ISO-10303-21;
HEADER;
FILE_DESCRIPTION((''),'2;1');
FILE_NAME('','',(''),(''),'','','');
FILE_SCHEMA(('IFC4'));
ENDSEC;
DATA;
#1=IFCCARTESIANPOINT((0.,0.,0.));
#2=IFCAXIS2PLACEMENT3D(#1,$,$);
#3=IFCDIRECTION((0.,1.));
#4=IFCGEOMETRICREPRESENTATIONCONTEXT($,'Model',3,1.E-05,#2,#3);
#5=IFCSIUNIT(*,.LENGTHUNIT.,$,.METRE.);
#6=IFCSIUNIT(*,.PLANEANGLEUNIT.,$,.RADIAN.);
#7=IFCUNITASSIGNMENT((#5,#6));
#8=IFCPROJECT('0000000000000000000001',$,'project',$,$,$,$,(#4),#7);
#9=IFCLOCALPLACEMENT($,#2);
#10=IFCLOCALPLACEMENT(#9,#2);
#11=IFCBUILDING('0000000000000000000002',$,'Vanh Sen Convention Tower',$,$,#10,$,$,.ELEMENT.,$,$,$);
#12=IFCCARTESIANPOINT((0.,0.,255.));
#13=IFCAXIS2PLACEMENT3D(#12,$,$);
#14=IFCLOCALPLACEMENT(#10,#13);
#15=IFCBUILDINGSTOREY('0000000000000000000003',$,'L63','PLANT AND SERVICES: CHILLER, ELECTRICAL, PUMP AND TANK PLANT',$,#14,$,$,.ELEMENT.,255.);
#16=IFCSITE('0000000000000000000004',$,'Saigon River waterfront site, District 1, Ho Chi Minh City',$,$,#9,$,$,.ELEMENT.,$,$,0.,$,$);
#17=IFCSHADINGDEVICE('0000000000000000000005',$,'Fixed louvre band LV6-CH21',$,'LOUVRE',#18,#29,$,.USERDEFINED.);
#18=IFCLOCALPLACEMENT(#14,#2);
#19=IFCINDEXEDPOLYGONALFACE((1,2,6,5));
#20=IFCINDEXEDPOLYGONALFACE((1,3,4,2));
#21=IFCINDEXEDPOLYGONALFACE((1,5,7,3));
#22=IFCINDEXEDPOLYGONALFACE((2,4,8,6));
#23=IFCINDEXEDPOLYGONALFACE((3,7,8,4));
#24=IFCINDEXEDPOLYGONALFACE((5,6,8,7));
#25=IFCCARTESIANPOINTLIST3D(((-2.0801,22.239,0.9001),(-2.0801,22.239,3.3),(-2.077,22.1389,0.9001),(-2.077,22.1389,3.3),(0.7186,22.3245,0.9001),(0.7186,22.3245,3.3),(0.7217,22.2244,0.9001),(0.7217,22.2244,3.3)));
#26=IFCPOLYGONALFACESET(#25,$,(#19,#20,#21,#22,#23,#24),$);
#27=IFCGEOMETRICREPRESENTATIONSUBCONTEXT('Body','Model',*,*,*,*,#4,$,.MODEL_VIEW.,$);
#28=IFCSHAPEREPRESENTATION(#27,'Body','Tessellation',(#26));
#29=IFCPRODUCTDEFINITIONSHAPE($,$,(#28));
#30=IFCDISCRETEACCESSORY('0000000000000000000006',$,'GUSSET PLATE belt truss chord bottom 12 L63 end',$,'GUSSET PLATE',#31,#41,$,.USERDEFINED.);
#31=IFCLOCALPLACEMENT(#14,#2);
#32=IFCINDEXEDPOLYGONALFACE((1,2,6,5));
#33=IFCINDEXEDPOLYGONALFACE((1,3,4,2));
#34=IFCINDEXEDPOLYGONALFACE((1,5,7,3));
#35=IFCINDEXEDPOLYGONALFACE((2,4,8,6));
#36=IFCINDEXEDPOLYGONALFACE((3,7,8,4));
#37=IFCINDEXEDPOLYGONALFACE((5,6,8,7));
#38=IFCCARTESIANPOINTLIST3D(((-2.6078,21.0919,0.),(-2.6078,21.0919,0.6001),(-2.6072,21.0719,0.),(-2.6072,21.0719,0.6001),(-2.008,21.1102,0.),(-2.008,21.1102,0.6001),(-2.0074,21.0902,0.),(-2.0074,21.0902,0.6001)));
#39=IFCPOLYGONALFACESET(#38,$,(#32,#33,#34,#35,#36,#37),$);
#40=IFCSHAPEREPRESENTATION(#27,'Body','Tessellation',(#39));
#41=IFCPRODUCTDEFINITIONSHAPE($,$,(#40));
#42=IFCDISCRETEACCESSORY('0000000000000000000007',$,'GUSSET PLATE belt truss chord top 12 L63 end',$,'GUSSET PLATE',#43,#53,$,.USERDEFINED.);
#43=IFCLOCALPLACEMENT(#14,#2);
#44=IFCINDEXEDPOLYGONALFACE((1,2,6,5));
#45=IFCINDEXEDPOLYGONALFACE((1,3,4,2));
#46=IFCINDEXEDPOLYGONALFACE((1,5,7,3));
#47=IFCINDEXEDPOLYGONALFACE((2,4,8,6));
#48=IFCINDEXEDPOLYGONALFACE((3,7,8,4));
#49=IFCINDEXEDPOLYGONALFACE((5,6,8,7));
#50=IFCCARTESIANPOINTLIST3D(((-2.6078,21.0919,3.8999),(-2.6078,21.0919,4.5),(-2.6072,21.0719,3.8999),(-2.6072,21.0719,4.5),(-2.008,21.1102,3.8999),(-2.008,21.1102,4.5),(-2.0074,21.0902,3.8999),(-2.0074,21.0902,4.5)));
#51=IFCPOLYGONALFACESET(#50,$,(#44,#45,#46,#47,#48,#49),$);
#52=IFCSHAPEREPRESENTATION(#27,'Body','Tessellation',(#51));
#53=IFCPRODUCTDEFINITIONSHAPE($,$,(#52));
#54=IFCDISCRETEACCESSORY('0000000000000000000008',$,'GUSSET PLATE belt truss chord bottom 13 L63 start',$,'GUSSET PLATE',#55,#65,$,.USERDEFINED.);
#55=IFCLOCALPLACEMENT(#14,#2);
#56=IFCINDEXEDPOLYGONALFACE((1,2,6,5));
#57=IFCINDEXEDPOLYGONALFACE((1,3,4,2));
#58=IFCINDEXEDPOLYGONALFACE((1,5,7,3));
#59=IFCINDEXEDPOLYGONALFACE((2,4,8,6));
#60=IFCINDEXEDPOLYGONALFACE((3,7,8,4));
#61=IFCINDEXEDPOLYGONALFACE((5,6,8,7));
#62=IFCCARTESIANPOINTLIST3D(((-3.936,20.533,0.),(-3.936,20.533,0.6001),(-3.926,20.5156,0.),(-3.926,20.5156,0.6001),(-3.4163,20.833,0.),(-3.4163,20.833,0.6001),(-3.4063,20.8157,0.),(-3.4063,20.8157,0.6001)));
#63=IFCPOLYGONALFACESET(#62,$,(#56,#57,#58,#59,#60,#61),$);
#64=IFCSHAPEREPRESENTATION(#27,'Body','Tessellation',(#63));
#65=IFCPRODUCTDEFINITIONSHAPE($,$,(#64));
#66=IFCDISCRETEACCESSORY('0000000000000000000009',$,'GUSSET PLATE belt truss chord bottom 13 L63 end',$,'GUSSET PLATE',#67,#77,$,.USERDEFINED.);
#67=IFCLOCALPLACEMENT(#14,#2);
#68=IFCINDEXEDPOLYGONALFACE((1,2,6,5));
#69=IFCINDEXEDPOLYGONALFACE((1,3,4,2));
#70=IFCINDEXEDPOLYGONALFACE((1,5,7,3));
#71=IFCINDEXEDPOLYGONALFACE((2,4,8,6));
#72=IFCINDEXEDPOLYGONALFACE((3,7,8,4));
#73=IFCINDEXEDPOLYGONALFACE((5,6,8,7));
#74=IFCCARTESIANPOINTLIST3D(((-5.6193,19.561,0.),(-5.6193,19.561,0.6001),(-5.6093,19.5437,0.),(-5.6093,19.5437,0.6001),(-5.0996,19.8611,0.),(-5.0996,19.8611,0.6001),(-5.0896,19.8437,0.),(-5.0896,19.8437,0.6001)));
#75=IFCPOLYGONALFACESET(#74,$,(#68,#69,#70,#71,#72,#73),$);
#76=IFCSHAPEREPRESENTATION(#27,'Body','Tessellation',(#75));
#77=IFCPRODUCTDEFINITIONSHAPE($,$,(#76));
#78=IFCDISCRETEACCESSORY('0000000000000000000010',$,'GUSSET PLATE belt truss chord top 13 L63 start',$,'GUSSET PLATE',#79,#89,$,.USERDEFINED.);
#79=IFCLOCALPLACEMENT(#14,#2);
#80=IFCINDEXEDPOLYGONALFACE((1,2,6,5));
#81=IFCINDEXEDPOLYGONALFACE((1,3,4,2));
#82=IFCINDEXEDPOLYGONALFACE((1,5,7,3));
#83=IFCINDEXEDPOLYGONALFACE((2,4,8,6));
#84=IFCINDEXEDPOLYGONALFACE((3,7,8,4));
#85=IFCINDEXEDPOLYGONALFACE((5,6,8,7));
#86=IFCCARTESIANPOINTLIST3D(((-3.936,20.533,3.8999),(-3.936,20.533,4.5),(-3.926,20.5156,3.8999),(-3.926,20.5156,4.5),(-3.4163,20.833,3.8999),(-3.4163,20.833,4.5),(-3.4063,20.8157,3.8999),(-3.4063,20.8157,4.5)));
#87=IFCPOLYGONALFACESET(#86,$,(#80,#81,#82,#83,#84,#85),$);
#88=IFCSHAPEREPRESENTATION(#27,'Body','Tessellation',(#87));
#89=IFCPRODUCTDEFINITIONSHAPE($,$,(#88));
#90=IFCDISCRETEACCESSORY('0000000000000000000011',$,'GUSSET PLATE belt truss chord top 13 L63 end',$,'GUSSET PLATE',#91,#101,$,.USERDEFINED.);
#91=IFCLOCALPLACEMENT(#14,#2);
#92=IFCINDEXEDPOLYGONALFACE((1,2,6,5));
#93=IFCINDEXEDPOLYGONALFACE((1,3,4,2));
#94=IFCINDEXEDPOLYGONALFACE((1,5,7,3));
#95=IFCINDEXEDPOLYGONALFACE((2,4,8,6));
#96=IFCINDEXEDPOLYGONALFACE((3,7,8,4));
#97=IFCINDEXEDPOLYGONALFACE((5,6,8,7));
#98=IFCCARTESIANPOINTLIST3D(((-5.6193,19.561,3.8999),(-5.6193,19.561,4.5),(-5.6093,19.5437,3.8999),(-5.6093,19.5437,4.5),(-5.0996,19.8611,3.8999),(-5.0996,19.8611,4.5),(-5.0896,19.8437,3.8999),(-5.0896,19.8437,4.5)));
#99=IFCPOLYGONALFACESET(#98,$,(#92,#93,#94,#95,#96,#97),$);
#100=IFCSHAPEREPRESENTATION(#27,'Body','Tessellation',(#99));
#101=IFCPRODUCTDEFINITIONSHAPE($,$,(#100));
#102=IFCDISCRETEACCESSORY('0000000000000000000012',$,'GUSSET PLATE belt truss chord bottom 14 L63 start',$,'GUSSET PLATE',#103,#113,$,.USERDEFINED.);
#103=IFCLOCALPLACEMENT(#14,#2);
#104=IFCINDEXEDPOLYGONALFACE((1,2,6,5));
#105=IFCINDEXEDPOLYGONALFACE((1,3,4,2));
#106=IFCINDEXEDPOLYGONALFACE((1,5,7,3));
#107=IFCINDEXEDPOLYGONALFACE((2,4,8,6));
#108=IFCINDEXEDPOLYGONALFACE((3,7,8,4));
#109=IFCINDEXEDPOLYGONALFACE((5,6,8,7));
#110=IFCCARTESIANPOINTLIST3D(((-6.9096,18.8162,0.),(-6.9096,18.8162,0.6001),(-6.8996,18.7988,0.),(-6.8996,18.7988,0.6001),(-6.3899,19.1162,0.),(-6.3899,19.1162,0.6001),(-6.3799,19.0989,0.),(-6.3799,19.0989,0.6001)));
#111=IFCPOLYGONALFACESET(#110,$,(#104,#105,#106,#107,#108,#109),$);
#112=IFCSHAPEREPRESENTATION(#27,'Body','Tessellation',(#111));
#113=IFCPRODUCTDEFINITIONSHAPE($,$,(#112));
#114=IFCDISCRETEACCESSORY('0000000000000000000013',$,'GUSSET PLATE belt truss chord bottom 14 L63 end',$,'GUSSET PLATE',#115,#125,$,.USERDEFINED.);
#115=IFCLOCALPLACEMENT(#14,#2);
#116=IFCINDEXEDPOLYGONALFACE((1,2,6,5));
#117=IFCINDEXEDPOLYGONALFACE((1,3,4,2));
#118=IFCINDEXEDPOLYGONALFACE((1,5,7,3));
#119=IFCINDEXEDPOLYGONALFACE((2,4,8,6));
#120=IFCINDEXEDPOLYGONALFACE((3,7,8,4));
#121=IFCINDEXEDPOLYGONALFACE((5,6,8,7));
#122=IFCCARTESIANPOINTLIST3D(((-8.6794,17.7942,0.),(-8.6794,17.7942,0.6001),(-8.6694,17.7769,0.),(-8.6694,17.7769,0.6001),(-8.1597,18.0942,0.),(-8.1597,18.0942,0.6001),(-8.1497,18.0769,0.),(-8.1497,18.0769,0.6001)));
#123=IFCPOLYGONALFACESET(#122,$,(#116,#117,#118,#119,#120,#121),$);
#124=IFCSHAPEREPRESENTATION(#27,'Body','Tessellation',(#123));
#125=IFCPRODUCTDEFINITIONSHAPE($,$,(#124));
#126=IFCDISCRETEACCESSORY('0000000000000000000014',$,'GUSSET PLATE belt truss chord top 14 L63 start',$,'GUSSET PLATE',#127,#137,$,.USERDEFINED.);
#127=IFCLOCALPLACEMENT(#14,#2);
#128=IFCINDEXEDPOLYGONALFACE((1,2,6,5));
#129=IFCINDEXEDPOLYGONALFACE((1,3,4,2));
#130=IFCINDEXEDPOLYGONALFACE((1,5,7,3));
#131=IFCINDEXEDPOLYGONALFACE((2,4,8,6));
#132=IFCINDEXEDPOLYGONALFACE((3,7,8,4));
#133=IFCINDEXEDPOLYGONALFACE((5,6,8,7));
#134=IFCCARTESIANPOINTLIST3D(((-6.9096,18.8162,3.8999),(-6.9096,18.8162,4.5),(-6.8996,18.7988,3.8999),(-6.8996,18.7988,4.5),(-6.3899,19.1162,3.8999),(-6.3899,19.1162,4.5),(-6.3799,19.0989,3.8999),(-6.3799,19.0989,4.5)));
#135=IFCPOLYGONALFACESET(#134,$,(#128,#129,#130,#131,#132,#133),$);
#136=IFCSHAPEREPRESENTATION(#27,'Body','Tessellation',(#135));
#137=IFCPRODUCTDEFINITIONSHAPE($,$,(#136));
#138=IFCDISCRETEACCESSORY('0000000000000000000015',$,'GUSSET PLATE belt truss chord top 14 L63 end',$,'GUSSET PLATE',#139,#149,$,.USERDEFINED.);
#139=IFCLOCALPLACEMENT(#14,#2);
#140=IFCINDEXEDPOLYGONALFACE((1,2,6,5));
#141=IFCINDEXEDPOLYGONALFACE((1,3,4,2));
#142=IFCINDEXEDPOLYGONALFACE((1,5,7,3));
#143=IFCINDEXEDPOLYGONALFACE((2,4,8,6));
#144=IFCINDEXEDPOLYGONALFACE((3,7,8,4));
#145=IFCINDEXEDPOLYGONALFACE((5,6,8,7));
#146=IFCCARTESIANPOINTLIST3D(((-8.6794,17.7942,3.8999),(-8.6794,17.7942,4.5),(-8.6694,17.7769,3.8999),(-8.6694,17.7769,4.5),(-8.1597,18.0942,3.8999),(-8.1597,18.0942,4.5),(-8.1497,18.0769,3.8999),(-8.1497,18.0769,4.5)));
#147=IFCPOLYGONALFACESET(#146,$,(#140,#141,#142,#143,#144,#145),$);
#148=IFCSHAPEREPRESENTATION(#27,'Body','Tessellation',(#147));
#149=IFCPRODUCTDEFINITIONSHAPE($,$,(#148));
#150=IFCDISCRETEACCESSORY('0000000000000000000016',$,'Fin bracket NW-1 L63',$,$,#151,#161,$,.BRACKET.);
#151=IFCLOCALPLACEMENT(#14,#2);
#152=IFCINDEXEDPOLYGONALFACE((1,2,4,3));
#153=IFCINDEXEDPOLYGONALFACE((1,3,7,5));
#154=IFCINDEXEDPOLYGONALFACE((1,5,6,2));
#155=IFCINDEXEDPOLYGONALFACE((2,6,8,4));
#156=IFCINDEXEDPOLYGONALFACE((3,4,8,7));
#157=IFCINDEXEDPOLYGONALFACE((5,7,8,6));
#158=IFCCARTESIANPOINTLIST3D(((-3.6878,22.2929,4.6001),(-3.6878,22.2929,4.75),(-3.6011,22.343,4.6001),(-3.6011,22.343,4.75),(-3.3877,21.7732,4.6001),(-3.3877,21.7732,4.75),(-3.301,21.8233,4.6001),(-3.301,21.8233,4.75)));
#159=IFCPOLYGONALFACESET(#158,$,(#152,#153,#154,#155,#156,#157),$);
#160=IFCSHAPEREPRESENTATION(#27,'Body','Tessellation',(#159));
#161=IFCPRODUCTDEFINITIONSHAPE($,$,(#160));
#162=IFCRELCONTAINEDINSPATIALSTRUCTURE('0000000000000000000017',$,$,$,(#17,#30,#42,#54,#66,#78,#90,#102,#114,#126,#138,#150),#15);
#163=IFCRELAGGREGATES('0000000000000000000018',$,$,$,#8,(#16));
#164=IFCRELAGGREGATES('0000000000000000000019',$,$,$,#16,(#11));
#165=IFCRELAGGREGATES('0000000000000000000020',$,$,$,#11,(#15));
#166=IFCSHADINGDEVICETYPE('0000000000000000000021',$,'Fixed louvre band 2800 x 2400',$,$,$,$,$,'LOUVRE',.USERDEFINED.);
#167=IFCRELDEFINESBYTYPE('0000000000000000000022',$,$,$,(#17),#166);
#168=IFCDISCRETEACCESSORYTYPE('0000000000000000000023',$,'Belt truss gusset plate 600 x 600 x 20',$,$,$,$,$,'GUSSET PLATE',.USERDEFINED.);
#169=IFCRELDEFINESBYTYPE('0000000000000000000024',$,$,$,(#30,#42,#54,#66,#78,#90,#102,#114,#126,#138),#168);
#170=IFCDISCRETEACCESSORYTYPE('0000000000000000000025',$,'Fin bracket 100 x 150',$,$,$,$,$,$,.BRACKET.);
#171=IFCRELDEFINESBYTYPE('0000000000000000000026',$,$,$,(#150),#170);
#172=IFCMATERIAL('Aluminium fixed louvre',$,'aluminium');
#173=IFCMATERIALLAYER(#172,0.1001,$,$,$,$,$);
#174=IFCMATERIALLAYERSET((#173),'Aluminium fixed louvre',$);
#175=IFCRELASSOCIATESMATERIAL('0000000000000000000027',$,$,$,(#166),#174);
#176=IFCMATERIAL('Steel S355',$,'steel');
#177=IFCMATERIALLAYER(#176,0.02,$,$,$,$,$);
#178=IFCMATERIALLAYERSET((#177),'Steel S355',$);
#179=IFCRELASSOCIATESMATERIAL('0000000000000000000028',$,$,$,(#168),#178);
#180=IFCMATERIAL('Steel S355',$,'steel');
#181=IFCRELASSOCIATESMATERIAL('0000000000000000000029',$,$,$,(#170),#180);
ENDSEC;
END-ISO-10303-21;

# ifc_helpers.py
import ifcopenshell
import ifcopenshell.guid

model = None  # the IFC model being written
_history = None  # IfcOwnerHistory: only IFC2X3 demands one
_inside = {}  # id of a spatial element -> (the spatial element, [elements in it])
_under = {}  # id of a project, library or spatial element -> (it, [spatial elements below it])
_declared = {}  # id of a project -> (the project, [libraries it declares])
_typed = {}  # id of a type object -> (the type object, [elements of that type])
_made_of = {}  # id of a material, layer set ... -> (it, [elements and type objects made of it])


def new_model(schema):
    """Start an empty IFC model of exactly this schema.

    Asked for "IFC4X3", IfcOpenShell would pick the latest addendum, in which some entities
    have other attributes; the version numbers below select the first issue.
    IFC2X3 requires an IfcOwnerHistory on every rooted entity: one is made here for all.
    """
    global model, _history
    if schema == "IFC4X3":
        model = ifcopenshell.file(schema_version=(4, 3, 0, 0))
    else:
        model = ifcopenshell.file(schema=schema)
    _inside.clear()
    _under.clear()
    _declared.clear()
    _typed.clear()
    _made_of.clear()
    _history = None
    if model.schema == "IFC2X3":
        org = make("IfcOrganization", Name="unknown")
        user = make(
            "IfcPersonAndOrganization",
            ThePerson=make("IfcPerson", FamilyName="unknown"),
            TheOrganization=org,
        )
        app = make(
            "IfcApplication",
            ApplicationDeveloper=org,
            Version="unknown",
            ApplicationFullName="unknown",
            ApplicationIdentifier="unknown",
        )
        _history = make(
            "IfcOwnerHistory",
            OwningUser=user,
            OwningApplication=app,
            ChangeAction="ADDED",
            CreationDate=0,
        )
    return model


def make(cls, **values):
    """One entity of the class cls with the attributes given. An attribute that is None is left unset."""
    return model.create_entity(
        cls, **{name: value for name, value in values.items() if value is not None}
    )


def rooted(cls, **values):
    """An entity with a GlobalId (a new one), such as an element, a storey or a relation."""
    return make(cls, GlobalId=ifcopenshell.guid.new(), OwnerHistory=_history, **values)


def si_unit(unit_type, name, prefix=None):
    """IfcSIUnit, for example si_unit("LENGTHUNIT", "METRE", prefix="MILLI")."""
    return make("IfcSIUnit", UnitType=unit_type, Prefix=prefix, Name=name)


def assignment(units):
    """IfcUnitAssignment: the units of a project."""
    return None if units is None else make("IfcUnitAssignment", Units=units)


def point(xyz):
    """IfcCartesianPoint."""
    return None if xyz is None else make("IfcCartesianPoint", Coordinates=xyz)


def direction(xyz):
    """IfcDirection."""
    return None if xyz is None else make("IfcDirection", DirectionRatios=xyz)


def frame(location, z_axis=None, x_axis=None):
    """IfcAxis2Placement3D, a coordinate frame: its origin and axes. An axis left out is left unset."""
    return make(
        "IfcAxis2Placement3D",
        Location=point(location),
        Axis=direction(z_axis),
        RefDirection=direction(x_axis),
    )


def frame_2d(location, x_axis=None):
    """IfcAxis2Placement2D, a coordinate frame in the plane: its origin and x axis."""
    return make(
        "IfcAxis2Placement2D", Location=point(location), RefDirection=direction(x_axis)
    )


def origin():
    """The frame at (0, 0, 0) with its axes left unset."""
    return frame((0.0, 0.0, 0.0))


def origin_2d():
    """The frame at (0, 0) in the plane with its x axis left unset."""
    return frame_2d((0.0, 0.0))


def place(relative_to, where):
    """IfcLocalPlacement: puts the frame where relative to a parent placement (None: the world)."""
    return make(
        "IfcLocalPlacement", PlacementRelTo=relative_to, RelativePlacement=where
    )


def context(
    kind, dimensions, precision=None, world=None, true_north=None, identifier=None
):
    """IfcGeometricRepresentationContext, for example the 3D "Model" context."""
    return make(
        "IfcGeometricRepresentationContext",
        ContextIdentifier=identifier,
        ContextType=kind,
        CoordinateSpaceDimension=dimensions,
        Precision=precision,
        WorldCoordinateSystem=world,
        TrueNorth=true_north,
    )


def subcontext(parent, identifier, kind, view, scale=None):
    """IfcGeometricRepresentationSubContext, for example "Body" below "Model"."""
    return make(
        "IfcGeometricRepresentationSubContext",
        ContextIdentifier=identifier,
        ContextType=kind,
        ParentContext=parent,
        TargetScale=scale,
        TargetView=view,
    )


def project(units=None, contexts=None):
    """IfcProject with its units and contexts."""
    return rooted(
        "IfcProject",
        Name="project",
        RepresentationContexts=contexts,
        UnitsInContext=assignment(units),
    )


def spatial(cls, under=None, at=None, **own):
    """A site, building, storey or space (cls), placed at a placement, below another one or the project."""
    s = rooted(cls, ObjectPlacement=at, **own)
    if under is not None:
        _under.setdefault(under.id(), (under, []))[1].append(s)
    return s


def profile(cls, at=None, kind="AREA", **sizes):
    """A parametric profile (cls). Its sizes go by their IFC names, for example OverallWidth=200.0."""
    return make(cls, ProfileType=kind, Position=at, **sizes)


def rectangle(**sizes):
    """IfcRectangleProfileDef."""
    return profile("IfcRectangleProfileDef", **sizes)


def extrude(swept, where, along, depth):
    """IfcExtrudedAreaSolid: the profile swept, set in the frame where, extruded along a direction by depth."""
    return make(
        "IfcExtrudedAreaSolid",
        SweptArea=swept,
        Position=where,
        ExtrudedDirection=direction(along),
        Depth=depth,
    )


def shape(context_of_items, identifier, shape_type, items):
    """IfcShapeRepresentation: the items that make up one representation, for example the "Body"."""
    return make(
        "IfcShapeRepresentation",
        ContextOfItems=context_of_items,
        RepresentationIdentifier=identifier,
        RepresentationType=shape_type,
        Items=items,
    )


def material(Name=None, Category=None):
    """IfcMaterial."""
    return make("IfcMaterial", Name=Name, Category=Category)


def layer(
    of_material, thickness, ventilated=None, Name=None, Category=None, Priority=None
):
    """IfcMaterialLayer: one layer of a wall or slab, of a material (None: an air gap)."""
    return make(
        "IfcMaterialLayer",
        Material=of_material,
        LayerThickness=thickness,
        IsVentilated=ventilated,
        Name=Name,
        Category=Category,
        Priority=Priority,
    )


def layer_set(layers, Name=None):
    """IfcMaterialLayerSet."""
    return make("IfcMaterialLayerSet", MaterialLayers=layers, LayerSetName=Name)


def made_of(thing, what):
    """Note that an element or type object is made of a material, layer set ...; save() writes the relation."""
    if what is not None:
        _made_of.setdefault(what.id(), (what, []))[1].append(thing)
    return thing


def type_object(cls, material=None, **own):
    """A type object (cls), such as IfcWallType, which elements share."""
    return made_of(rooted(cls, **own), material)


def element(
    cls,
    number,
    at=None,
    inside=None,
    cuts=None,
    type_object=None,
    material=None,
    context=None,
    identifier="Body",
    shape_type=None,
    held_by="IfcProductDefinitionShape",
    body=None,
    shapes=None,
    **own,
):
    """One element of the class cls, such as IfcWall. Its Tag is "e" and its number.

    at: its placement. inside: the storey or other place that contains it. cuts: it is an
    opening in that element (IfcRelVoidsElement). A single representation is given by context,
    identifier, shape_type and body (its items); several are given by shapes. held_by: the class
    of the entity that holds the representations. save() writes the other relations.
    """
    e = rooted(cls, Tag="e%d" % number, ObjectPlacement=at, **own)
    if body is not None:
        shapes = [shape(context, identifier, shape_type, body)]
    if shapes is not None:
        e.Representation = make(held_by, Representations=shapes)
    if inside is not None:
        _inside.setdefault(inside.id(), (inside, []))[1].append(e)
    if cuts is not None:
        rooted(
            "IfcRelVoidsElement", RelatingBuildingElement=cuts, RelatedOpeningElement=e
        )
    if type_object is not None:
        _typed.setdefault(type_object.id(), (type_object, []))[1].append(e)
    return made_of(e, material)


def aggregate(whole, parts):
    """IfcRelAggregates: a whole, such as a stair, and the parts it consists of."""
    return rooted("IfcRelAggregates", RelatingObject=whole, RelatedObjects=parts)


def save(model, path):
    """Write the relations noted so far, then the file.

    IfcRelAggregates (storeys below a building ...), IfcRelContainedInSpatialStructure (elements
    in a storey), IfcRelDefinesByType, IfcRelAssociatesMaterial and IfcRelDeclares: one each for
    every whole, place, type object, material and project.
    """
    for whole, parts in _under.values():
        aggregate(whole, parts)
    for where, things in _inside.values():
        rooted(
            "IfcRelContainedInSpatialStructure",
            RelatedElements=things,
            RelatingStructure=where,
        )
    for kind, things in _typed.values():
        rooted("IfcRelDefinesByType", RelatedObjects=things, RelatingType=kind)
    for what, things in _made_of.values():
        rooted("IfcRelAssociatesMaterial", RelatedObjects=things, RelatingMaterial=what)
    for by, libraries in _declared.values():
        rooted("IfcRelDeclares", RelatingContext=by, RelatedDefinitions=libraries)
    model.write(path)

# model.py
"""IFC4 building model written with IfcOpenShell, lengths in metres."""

from ifc_helpers import new_model, si_unit, direction, frame, origin, origin_2d, place, context, subcontext, project, spatial, rectangle, extrude, material, layer, layer_set, type_object, element, save


model = new_model("IFC4")

# Units and contexts
model_context = context("Model", 3, precision=1e-05, world=origin(), true_north=direction((0.0, 1.0)))
body_context = subcontext(model_context, "Body", "Model", "MODEL_VIEW")
ifc_project = project(units=[si_unit("LENGTHUNIT", "METRE"), si_unit("PLANEANGLEUNIT", "RADIAN")], contexts=[model_context])

# Site, building, storey
site_placement = place(None, origin())
site = spatial("IfcSite", under=ifc_project, at=site_placement, Name="Saigon River waterfront site, District 1, Ho Chi Minh City", CompositionType="ELEMENT", RefElevation=0.0)
building_placement = place(site_placement, origin())
building = spatial("IfcBuilding", under=site, at=building_placement, Name="Vanh Sen Convention Tower", CompositionType="ELEMENT")
storey_placement = place(building_placement, frame((0.0, 0.0, 255.0)))
storey = spatial("IfcBuildingStorey", under=building, at=storey_placement, Name="L63", Description="PLANT AND SERVICES: CHILLER, ELECTRICAL, PUMP AND TANK PLANT", CompositionType="ELEMENT", Elevation=255.0)

# Shared definitions
ifc_material_1 = material(Name="Steel S355", Category="steel")

# Shading device
ifc_material_2 = material(Name="Aluminium fixed louvre", Category="aluminium")
ifc_layer_1 = layer(ifc_material_2, 0.1001)
ifc_layer_set_1 = layer_set([ifc_layer_1], Name="Aluminium fixed louvre")
shading_device_type_1 = type_object("IfcShadingDeviceType", Name="Fixed louvre band 2800 x 2400", ElementType="LOUVRE", PredefinedType="USERDEFINED", material=ifc_layer_set_1)
shading_device_placement = place(storey_placement, frame((-0.6792, 22.2317, 0.9001), z_axis=(0.0, 0.0, 1.0), x_axis=(-0.999534, -0.03054, 0.0)))
element("IfcShadingDevice", 1, at=shading_device_placement, inside=storey, type_object=shading_device_type_1, Name="Fixed louvre band LV6-CH21", ObjectType="LOUVRE", PredefinedType="USERDEFINED", context=body_context, shape_type="SweptSolid", body=[
    extrude(rectangle(XDim=2.8, YDim=0.1001, at=origin_2d()), origin(), (0.0, 0.0, 1.0), 2.3999),
])

# Discrete accessories
ifc_layer_2 = layer(ifc_material_1, 0.02)
ifc_layer_set_2 = layer_set([ifc_layer_2], Name="Steel S355")
discrete_accessory_type_1 = type_object("IfcDiscreteAccessoryType", Name="Belt truss gusset plate 600 x 600 x 20", ElementType="GUSSET PLATE", PredefinedType="USERDEFINED", material=ifc_layer_set_2)
for number, where, z_axis, x_axis, name in (
    (2, (-2.3076, 21.0911, 0.0), (0.0, 0.0, 1.0), (0.999533, 0.030545, 0.0), "GUSSET PLATE belt truss chord bottom 12 L63 end"),
    (3, (-2.3076, 21.0911, 3.8999), (0.0, 0.0, 1.0), (0.999533, 0.030545, 0.0), "GUSSET PLATE belt truss chord top 12 L63 end"),
    (4, (-3.6711, 20.6743, 0.0), (0.0, 0.0, 1.0), (-0.866026, -0.499998, 0.0), "GUSSET PLATE belt truss chord bottom 13 L63 start"),
    (5, (-5.3545, 19.7024, 0.0), (0.0, 0.0, 1.0), (0.866026, 0.499998, 0.0), "GUSSET PLATE belt truss chord bottom 13 L63 end"),
    (6, (-3.6711, 20.6743, 3.8999), (0.0, 0.0, 1.0), (-0.866026, -0.499998, 0.0), "GUSSET PLATE belt truss chord top 13 L63 start"),
    (7, (-5.3545, 19.7024, 3.8999), (0.0, 0.0, 1.0), (0.866026, 0.499998, 0.0), "GUSSET PLATE belt truss chord top 13 L63 end"),
    (8, (-6.6448, 18.9575, 0.0), (0.0, 0.0, 1.0), (-0.866026, -0.499998, 0.0), "GUSSET PLATE belt truss chord bottom 14 L63 start"),
    (9, (-8.4146, 17.9355, 0.0), (0.0, 0.0, 1.0), (0.866026, 0.499998, 0.0), "GUSSET PLATE belt truss chord bottom 14 L63 end"),
    (10, (-6.6448, 18.9575, 3.8999), (0.0, 0.0, 1.0), (-0.866026, -0.499998, 0.0), "GUSSET PLATE belt truss chord top 14 L63 start"),
    (11, (-8.4146, 17.9355, 3.8999), (0.0, 0.0, 1.0), (0.866026, 0.499998, 0.0), "GUSSET PLATE belt truss chord top 14 L63 end"),
):
    element("IfcDiscreteAccessory", number, at=place(storey_placement, frame(where, z_axis=z_axis, x_axis=x_axis)), inside=storey, type_object=discrete_accessory_type_1, Name=name, ObjectType="GUSSET PLATE", PredefinedType="USERDEFINED", context=body_context, shape_type="SweptSolid", body=[
        extrude(rectangle(XDim=0.6001, YDim=0.02, at=origin_2d()), origin(), (0.0, 0.0, 1.0), 0.6001),
    ])
ifc_material_3 = material(Name="Steel S355", Category="steel")
discrete_accessory_type_2 = type_object("IfcDiscreteAccessoryType", Name="Fin bracket 100 x 150", PredefinedType="BRACKET", material=ifc_material_3)
discrete_accessory_placement = place(storey_placement, frame((-3.4944, 22.0581, 4.6001), z_axis=(0.0, 0.0, 1.0), x_axis=(-0.5, 0.866025, 0.0)))
element("IfcDiscreteAccessory", 12, at=discrete_accessory_placement, inside=storey, type_object=discrete_accessory_type_2, Name="Fin bracket NW-1 L63", PredefinedType="BRACKET", context=body_context, shape_type="SweptSolid", body=[
    extrude(rectangle(XDim=0.6001, YDim=0.1001, at=origin_2d()), origin(), (0.0, 0.0, 1.0), 0.1499),
])

save(model, "model.ifc")
